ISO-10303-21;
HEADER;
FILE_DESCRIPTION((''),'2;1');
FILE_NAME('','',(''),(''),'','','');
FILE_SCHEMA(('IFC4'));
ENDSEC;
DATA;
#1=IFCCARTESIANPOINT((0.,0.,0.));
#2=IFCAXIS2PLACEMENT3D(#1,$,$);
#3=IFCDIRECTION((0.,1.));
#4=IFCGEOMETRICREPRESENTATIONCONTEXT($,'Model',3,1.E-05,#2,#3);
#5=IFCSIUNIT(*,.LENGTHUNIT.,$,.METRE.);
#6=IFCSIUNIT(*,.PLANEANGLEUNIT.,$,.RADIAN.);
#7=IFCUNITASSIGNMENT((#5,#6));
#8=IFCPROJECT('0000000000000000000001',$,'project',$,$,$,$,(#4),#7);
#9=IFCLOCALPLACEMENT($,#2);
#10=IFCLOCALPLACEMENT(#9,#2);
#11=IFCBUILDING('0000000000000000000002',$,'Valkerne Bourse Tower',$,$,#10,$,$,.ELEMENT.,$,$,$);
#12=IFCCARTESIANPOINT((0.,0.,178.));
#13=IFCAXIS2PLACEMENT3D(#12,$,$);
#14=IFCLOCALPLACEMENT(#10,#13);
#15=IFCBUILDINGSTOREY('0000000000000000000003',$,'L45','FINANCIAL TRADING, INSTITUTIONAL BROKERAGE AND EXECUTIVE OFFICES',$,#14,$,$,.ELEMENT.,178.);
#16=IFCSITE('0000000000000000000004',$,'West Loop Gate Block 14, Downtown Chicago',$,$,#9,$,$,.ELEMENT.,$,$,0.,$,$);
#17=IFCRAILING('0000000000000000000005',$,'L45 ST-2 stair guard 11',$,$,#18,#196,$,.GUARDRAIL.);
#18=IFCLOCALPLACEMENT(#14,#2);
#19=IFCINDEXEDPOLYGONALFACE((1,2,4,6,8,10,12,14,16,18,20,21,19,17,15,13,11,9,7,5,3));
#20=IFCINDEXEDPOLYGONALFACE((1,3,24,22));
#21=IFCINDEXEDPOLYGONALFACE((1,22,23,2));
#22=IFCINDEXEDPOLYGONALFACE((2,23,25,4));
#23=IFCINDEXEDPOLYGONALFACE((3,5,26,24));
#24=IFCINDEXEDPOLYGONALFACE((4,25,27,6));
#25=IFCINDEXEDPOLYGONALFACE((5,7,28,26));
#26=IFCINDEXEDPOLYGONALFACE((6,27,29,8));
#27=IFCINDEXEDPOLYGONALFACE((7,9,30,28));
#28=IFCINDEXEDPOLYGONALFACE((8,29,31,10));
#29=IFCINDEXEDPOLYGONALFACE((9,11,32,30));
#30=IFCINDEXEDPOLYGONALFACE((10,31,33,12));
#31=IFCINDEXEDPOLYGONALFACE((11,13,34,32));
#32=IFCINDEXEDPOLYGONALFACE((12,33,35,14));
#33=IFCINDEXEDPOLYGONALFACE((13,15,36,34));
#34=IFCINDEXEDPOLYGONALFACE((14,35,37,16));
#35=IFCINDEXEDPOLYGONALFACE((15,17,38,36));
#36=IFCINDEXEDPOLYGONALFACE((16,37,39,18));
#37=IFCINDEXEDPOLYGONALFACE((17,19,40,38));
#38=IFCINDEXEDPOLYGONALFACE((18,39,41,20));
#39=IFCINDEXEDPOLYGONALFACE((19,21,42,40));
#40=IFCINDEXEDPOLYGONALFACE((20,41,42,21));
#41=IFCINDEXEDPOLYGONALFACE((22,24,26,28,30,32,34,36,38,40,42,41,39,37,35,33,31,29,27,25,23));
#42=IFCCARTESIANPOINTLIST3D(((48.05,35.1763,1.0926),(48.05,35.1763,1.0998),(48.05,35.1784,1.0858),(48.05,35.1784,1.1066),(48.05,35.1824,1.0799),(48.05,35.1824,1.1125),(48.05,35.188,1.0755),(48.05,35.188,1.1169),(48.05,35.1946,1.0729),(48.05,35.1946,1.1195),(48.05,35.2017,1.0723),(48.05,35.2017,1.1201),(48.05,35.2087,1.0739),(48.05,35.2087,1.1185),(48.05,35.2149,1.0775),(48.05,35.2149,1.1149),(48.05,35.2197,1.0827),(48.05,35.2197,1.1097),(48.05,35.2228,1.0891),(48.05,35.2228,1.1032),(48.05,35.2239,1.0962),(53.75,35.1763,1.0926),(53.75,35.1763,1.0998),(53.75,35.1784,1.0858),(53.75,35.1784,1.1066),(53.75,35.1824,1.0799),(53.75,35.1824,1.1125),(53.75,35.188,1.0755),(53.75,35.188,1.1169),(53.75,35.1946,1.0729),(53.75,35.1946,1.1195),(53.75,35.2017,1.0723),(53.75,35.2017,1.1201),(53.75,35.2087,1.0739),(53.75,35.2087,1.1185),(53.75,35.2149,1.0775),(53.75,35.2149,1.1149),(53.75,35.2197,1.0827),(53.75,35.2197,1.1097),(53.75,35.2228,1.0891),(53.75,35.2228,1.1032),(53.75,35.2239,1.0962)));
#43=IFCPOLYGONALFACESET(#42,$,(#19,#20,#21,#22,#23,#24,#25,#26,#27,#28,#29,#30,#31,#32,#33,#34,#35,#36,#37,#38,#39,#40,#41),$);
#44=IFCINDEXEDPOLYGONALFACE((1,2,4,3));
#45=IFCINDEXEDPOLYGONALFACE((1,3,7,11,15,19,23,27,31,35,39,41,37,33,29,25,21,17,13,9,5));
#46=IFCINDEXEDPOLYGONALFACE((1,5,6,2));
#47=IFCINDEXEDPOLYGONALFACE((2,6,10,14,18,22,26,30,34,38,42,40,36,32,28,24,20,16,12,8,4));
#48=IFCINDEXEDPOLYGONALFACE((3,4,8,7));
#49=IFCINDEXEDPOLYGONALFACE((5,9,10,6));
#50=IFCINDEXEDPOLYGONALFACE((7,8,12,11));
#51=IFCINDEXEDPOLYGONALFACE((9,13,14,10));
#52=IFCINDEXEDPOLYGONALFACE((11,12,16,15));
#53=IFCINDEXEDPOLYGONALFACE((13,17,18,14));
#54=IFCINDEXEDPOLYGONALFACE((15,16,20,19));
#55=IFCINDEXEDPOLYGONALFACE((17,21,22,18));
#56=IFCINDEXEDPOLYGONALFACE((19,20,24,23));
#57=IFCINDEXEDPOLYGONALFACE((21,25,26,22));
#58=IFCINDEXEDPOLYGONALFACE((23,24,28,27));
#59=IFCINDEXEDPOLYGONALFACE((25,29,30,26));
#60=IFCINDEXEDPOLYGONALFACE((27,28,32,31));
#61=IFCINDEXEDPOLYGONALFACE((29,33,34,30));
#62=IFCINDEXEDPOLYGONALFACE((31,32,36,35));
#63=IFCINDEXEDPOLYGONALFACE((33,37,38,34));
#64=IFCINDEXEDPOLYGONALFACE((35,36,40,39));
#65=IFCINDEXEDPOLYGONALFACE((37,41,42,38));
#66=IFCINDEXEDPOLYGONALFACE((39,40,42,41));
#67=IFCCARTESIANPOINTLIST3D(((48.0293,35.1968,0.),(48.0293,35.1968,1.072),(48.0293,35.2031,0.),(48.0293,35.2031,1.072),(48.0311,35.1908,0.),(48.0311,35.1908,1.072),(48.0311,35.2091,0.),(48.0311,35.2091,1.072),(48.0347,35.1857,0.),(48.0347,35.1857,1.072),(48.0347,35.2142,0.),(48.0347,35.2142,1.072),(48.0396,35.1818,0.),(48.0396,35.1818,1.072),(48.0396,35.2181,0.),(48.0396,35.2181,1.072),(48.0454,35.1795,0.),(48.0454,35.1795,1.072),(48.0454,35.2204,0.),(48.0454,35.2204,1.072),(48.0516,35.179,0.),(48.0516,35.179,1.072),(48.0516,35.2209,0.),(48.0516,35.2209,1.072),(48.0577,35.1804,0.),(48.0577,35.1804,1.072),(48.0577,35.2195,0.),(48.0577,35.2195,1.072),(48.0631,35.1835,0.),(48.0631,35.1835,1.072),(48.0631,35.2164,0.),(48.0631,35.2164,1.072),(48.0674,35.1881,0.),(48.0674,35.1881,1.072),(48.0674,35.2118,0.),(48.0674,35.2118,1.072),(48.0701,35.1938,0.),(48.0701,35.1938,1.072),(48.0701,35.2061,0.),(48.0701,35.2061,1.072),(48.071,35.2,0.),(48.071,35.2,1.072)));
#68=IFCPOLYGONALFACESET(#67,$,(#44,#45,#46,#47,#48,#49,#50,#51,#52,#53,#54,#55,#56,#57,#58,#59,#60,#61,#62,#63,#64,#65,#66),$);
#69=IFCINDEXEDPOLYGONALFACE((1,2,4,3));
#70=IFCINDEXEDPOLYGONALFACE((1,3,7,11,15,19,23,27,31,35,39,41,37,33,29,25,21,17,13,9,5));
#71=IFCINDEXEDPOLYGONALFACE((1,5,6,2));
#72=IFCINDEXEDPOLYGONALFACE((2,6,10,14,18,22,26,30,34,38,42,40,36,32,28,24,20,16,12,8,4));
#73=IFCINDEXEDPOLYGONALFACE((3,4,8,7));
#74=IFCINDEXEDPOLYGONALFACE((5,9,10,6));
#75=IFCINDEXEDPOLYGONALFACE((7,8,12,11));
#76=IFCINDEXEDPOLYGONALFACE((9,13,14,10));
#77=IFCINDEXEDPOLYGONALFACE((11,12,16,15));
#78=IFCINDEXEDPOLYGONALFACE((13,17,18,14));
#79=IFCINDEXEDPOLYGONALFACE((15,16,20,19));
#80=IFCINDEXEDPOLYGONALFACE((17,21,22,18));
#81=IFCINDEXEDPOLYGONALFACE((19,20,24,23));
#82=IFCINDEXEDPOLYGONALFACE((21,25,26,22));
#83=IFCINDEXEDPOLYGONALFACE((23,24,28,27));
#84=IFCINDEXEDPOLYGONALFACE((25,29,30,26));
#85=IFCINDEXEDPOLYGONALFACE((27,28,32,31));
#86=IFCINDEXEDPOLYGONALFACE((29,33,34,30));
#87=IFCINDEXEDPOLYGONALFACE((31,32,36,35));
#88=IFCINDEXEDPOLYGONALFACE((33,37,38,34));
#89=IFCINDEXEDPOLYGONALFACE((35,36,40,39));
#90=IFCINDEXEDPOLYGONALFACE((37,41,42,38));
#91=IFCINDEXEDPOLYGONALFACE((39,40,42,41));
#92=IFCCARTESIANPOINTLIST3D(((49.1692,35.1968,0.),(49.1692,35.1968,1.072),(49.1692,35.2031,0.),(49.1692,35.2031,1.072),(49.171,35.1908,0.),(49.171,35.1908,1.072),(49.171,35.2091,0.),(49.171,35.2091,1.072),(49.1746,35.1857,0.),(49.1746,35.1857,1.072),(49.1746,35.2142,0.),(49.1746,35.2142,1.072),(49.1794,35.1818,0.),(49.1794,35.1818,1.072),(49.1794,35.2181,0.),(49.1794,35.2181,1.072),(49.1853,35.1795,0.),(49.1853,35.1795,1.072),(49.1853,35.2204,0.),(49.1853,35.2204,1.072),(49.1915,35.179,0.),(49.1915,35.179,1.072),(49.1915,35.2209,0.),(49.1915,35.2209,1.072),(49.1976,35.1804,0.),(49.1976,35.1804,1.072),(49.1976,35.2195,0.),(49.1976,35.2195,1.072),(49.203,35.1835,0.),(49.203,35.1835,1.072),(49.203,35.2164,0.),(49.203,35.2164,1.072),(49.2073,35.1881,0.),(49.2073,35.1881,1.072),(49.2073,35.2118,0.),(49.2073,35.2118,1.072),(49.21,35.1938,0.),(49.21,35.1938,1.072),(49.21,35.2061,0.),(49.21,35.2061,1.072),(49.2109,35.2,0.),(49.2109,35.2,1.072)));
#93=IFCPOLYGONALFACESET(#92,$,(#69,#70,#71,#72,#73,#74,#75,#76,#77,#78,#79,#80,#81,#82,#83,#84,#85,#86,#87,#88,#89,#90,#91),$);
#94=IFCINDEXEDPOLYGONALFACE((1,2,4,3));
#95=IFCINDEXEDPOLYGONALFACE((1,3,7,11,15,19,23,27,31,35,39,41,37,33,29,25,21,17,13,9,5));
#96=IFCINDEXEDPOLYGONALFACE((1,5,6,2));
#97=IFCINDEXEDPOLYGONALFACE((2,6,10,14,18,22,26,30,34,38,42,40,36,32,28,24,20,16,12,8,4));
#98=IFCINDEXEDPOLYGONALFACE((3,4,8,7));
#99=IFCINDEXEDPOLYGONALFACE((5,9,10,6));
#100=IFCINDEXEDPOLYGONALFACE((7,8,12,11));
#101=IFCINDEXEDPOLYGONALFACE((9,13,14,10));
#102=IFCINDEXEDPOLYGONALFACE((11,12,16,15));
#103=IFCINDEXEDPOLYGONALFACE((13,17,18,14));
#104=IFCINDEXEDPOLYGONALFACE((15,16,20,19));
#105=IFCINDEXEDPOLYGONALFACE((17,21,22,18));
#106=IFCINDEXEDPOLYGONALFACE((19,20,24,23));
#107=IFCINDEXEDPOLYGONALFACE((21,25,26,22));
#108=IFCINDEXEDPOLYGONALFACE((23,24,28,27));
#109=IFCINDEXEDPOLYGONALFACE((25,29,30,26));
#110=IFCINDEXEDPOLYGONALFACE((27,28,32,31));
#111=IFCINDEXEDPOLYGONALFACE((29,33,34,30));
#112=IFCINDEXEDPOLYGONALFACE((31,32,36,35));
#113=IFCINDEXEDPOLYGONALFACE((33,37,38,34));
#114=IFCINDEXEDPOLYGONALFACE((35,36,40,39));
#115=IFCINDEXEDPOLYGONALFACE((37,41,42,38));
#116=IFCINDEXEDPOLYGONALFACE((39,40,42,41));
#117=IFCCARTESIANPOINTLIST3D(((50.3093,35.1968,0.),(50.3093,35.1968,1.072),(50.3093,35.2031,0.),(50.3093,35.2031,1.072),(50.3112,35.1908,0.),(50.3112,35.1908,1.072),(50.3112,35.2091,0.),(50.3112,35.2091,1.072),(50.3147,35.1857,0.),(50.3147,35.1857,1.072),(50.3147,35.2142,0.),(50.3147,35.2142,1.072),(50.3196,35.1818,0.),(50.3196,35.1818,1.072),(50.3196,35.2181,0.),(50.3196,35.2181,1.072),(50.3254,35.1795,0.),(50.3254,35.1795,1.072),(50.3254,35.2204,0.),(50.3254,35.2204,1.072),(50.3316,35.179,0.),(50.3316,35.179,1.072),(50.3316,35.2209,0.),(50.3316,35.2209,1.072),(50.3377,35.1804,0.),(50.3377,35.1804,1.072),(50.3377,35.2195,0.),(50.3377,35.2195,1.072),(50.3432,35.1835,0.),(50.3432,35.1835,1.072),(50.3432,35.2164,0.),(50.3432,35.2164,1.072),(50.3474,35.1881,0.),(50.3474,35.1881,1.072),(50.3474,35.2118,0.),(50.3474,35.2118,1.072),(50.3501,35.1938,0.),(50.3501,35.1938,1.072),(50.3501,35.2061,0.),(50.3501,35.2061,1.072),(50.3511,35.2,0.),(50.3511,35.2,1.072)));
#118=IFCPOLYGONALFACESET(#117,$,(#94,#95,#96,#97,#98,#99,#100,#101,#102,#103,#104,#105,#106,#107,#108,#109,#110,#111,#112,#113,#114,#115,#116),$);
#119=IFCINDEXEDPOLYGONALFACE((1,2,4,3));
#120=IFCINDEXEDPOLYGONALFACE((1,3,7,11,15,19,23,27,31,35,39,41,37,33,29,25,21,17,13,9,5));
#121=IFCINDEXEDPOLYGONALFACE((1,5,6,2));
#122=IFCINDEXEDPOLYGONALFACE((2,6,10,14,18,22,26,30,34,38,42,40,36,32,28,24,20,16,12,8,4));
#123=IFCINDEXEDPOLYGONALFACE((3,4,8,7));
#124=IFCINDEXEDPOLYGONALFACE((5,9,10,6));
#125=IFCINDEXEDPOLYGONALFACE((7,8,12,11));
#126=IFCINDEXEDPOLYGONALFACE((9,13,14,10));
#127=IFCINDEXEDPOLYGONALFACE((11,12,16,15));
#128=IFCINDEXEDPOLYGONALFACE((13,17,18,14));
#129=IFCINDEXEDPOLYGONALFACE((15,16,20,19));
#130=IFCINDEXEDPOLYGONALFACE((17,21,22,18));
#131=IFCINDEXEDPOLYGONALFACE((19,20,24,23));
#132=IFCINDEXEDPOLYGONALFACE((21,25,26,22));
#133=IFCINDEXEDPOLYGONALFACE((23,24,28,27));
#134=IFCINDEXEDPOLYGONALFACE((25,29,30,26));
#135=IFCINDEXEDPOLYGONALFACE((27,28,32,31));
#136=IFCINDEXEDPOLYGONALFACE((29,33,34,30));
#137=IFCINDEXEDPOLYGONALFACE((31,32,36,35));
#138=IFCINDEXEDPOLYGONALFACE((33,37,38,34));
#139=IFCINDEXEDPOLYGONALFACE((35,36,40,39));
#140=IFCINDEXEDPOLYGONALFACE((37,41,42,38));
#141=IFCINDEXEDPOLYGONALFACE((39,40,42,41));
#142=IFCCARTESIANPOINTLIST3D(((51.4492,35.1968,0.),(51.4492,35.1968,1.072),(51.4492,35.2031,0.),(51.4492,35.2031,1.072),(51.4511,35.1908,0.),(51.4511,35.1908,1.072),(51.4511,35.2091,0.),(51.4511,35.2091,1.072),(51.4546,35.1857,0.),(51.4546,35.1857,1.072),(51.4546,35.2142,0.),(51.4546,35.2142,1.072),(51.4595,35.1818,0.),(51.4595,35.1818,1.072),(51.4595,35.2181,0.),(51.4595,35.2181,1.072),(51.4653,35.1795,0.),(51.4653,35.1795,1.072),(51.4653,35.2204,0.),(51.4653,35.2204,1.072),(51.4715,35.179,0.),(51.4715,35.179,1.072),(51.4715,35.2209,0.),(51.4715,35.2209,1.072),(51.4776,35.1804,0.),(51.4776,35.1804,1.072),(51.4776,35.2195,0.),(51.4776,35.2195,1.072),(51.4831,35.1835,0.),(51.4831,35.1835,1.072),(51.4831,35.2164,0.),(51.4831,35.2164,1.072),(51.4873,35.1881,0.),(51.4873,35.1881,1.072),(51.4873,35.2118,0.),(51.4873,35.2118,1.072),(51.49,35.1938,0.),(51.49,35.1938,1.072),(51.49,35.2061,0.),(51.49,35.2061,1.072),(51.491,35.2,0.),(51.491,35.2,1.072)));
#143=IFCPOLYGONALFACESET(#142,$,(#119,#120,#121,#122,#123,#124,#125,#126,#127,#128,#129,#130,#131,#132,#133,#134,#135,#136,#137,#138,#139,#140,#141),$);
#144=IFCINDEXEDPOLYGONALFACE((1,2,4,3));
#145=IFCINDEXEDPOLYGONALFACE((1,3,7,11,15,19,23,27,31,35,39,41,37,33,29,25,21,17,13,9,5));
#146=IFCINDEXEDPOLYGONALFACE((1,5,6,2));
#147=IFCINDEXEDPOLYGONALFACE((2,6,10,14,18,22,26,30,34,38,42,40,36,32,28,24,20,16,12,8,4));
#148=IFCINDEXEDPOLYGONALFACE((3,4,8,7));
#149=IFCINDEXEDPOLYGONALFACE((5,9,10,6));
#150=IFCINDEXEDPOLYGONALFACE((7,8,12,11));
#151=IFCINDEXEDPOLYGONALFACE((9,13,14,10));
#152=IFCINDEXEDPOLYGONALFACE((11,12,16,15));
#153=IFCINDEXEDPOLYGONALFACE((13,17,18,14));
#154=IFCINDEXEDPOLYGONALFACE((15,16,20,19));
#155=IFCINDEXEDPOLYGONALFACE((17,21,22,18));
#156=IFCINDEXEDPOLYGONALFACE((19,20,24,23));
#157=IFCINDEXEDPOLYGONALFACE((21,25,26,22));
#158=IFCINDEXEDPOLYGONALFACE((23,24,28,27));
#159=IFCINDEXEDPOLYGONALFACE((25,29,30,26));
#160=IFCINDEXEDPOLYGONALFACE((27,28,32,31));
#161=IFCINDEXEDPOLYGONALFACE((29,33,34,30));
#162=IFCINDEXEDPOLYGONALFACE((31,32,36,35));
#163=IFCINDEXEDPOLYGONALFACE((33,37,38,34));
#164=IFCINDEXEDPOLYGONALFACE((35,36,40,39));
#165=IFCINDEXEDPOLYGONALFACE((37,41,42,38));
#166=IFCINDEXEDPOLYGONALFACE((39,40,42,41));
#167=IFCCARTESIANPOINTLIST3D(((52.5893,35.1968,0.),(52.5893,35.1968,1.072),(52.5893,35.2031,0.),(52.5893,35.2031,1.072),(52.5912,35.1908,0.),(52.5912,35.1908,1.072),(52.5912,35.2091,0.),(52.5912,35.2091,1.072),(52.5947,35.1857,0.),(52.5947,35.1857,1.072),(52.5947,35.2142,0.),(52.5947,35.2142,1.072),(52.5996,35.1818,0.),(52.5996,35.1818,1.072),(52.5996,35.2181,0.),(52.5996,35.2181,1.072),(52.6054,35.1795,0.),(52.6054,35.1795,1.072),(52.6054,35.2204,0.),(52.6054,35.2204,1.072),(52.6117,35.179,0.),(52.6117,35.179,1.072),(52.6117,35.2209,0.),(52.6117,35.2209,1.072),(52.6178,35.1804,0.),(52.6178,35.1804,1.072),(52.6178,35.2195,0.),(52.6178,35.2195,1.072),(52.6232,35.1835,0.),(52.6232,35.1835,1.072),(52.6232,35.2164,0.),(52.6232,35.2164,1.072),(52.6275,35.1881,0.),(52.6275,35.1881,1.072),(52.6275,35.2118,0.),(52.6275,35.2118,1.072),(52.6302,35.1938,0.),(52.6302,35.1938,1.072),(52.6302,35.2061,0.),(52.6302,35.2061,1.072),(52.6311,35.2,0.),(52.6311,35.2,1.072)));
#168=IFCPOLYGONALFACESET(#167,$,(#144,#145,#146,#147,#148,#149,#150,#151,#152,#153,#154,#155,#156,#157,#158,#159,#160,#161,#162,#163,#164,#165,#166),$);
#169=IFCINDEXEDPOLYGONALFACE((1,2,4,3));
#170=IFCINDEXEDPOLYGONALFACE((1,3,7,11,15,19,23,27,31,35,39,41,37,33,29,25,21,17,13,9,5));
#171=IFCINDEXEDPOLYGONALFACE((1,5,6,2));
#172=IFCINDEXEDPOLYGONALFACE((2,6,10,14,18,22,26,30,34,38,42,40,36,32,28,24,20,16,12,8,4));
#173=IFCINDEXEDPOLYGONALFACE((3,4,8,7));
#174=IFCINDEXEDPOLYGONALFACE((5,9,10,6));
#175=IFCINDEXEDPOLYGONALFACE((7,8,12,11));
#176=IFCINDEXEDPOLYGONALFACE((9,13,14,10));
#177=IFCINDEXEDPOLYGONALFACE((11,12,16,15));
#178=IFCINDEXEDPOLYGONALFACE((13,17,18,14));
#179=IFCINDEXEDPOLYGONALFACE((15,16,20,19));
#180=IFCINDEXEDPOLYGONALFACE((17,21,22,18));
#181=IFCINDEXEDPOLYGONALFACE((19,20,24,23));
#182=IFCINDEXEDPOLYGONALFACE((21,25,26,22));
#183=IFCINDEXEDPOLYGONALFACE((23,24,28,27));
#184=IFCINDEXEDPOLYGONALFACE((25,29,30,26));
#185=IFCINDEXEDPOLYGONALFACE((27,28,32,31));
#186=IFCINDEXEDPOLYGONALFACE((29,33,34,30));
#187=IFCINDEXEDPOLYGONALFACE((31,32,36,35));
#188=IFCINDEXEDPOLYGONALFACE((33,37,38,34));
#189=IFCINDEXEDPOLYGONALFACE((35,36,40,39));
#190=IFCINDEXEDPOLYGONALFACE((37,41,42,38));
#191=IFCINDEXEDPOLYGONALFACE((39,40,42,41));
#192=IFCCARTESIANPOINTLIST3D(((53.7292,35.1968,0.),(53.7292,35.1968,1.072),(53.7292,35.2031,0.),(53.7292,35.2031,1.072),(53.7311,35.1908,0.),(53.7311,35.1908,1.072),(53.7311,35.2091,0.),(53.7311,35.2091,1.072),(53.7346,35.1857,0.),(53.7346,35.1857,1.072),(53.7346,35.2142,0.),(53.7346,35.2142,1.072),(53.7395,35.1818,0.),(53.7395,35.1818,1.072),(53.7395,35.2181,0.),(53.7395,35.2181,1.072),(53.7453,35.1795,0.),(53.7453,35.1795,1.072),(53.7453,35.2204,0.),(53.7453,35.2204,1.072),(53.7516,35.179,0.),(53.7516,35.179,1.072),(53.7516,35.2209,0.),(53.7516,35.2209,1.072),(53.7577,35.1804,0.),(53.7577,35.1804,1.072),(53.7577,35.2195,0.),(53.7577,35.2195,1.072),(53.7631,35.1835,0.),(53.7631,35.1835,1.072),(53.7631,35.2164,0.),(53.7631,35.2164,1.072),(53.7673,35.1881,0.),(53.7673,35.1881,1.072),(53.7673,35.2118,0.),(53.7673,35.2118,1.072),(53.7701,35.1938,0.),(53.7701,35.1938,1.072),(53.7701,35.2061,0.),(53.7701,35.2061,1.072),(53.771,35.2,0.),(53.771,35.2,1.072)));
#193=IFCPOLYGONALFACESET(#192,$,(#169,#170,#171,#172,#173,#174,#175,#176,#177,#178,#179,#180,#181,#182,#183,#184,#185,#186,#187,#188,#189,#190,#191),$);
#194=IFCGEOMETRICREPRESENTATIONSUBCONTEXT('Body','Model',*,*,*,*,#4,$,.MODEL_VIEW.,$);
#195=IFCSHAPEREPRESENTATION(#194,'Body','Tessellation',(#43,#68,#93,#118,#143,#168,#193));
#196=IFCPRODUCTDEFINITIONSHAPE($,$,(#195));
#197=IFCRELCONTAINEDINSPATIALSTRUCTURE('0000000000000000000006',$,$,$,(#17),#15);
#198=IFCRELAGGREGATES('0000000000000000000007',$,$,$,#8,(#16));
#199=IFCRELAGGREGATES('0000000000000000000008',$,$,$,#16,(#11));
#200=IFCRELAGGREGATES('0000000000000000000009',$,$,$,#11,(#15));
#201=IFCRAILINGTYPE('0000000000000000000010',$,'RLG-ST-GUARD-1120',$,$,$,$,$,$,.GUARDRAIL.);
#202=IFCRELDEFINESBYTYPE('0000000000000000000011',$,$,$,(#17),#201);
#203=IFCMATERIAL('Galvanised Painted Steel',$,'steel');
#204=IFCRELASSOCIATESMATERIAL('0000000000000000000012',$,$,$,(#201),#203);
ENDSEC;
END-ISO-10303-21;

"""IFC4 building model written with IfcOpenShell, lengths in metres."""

from ifc_helpers import new_model, si_unit, direction, frame, origin, origin_2d, place, context, subcontext, project, spatial, circle, extrude, material, type_object, element, save


model = new_model("IFC4")

# Units and contexts
model_context = context("Model", 3, precision=1e-05, world=origin(), true_north=direction((0.0, 1.0)))
body_context = subcontext(model_context, "Body", "Model", "MODEL_VIEW")
ifc_project = project(units=[si_unit("LENGTHUNIT", "METRE"), si_unit("PLANEANGLEUNIT", "RADIAN")], contexts=[model_context])

# Site, building, storey
site_placement = place(None, origin())
site = spatial("IfcSite", under=ifc_project, at=site_placement, Name="West Loop Gate Block 14, Downtown Chicago", CompositionType="ELEMENT", RefElevation=0.0)
building_placement = place(site_placement, origin())
building = spatial("IfcBuilding", under=site, at=building_placement, Name="Valkerne Bourse Tower", CompositionType="ELEMENT")
storey_placement = place(building_placement, frame((0.0, 0.0, 178.0)))
storey = spatial("IfcBuildingStorey", under=building, at=storey_placement, Name="L45", Description="FINANCIAL TRADING, INSTITUTIONAL BROKERAGE AND EXECUTIVE OFFICES", CompositionType="ELEMENT", Elevation=178.0)

# Shared definitions
ifc_material_1 = material(Name="Galvanised Painted Steel", Category="steel")

# Railing
railing_type_1 = type_object("IfcRailingType", Name="RLG-ST-GUARD-1120", PredefinedType="GUARDRAIL", material=ifc_material_1)
for number, where, name in (
    (1, (48.05, 35.2, 0.0), "L45 ST-2 stair guard 11"),
):
    element("IfcRailing", number, at=place(storey_placement, frame(where)), inside=storey, type_object=railing_type_1, Name=name, PredefinedType="GUARDRAIL", context=body_context, shape_type="SweptSolid", body=[
        extrude(circle(Radius=0.0239, at=origin_2d()), frame((0.0, 0.0, 1.0962), z_axis=(1.0, 0.0, 0.0), x_axis=(0.0, 1.0, 0.0)), (0.0, 0.0, 1.0), 5.7),
        extrude(circle(Radius=0.021, at=origin_2d()), origin(), (0.0, 0.0, 1.0), 1.072),
        extrude(circle(Radius=0.021, at=origin_2d()), frame((1.1399, 0.0, 0.0)), (0.0, 0.0, 1.0), 1.072),
        extrude(circle(Radius=0.021, at=origin_2d()), frame((2.28, 0.0, 0.0)), (0.0, 0.0, 1.0), 1.072),
        extrude(circle(Radius=0.021, at=origin_2d()), frame((3.4199, 0.0, 0.0)), (0.0, 0.0, 1.0), 1.072),
        extrude(circle(Radius=0.021, at=origin_2d()), frame((4.5601, 0.0, 0.0)), (0.0, 0.0, 1.0), 1.072),
        extrude(circle(Radius=0.021, at=origin_2d()), frame((5.7, 0.0, 0.0)), (0.0, 0.0, 1.0), 1.072),
    ])

save(model, "model.ifc")
